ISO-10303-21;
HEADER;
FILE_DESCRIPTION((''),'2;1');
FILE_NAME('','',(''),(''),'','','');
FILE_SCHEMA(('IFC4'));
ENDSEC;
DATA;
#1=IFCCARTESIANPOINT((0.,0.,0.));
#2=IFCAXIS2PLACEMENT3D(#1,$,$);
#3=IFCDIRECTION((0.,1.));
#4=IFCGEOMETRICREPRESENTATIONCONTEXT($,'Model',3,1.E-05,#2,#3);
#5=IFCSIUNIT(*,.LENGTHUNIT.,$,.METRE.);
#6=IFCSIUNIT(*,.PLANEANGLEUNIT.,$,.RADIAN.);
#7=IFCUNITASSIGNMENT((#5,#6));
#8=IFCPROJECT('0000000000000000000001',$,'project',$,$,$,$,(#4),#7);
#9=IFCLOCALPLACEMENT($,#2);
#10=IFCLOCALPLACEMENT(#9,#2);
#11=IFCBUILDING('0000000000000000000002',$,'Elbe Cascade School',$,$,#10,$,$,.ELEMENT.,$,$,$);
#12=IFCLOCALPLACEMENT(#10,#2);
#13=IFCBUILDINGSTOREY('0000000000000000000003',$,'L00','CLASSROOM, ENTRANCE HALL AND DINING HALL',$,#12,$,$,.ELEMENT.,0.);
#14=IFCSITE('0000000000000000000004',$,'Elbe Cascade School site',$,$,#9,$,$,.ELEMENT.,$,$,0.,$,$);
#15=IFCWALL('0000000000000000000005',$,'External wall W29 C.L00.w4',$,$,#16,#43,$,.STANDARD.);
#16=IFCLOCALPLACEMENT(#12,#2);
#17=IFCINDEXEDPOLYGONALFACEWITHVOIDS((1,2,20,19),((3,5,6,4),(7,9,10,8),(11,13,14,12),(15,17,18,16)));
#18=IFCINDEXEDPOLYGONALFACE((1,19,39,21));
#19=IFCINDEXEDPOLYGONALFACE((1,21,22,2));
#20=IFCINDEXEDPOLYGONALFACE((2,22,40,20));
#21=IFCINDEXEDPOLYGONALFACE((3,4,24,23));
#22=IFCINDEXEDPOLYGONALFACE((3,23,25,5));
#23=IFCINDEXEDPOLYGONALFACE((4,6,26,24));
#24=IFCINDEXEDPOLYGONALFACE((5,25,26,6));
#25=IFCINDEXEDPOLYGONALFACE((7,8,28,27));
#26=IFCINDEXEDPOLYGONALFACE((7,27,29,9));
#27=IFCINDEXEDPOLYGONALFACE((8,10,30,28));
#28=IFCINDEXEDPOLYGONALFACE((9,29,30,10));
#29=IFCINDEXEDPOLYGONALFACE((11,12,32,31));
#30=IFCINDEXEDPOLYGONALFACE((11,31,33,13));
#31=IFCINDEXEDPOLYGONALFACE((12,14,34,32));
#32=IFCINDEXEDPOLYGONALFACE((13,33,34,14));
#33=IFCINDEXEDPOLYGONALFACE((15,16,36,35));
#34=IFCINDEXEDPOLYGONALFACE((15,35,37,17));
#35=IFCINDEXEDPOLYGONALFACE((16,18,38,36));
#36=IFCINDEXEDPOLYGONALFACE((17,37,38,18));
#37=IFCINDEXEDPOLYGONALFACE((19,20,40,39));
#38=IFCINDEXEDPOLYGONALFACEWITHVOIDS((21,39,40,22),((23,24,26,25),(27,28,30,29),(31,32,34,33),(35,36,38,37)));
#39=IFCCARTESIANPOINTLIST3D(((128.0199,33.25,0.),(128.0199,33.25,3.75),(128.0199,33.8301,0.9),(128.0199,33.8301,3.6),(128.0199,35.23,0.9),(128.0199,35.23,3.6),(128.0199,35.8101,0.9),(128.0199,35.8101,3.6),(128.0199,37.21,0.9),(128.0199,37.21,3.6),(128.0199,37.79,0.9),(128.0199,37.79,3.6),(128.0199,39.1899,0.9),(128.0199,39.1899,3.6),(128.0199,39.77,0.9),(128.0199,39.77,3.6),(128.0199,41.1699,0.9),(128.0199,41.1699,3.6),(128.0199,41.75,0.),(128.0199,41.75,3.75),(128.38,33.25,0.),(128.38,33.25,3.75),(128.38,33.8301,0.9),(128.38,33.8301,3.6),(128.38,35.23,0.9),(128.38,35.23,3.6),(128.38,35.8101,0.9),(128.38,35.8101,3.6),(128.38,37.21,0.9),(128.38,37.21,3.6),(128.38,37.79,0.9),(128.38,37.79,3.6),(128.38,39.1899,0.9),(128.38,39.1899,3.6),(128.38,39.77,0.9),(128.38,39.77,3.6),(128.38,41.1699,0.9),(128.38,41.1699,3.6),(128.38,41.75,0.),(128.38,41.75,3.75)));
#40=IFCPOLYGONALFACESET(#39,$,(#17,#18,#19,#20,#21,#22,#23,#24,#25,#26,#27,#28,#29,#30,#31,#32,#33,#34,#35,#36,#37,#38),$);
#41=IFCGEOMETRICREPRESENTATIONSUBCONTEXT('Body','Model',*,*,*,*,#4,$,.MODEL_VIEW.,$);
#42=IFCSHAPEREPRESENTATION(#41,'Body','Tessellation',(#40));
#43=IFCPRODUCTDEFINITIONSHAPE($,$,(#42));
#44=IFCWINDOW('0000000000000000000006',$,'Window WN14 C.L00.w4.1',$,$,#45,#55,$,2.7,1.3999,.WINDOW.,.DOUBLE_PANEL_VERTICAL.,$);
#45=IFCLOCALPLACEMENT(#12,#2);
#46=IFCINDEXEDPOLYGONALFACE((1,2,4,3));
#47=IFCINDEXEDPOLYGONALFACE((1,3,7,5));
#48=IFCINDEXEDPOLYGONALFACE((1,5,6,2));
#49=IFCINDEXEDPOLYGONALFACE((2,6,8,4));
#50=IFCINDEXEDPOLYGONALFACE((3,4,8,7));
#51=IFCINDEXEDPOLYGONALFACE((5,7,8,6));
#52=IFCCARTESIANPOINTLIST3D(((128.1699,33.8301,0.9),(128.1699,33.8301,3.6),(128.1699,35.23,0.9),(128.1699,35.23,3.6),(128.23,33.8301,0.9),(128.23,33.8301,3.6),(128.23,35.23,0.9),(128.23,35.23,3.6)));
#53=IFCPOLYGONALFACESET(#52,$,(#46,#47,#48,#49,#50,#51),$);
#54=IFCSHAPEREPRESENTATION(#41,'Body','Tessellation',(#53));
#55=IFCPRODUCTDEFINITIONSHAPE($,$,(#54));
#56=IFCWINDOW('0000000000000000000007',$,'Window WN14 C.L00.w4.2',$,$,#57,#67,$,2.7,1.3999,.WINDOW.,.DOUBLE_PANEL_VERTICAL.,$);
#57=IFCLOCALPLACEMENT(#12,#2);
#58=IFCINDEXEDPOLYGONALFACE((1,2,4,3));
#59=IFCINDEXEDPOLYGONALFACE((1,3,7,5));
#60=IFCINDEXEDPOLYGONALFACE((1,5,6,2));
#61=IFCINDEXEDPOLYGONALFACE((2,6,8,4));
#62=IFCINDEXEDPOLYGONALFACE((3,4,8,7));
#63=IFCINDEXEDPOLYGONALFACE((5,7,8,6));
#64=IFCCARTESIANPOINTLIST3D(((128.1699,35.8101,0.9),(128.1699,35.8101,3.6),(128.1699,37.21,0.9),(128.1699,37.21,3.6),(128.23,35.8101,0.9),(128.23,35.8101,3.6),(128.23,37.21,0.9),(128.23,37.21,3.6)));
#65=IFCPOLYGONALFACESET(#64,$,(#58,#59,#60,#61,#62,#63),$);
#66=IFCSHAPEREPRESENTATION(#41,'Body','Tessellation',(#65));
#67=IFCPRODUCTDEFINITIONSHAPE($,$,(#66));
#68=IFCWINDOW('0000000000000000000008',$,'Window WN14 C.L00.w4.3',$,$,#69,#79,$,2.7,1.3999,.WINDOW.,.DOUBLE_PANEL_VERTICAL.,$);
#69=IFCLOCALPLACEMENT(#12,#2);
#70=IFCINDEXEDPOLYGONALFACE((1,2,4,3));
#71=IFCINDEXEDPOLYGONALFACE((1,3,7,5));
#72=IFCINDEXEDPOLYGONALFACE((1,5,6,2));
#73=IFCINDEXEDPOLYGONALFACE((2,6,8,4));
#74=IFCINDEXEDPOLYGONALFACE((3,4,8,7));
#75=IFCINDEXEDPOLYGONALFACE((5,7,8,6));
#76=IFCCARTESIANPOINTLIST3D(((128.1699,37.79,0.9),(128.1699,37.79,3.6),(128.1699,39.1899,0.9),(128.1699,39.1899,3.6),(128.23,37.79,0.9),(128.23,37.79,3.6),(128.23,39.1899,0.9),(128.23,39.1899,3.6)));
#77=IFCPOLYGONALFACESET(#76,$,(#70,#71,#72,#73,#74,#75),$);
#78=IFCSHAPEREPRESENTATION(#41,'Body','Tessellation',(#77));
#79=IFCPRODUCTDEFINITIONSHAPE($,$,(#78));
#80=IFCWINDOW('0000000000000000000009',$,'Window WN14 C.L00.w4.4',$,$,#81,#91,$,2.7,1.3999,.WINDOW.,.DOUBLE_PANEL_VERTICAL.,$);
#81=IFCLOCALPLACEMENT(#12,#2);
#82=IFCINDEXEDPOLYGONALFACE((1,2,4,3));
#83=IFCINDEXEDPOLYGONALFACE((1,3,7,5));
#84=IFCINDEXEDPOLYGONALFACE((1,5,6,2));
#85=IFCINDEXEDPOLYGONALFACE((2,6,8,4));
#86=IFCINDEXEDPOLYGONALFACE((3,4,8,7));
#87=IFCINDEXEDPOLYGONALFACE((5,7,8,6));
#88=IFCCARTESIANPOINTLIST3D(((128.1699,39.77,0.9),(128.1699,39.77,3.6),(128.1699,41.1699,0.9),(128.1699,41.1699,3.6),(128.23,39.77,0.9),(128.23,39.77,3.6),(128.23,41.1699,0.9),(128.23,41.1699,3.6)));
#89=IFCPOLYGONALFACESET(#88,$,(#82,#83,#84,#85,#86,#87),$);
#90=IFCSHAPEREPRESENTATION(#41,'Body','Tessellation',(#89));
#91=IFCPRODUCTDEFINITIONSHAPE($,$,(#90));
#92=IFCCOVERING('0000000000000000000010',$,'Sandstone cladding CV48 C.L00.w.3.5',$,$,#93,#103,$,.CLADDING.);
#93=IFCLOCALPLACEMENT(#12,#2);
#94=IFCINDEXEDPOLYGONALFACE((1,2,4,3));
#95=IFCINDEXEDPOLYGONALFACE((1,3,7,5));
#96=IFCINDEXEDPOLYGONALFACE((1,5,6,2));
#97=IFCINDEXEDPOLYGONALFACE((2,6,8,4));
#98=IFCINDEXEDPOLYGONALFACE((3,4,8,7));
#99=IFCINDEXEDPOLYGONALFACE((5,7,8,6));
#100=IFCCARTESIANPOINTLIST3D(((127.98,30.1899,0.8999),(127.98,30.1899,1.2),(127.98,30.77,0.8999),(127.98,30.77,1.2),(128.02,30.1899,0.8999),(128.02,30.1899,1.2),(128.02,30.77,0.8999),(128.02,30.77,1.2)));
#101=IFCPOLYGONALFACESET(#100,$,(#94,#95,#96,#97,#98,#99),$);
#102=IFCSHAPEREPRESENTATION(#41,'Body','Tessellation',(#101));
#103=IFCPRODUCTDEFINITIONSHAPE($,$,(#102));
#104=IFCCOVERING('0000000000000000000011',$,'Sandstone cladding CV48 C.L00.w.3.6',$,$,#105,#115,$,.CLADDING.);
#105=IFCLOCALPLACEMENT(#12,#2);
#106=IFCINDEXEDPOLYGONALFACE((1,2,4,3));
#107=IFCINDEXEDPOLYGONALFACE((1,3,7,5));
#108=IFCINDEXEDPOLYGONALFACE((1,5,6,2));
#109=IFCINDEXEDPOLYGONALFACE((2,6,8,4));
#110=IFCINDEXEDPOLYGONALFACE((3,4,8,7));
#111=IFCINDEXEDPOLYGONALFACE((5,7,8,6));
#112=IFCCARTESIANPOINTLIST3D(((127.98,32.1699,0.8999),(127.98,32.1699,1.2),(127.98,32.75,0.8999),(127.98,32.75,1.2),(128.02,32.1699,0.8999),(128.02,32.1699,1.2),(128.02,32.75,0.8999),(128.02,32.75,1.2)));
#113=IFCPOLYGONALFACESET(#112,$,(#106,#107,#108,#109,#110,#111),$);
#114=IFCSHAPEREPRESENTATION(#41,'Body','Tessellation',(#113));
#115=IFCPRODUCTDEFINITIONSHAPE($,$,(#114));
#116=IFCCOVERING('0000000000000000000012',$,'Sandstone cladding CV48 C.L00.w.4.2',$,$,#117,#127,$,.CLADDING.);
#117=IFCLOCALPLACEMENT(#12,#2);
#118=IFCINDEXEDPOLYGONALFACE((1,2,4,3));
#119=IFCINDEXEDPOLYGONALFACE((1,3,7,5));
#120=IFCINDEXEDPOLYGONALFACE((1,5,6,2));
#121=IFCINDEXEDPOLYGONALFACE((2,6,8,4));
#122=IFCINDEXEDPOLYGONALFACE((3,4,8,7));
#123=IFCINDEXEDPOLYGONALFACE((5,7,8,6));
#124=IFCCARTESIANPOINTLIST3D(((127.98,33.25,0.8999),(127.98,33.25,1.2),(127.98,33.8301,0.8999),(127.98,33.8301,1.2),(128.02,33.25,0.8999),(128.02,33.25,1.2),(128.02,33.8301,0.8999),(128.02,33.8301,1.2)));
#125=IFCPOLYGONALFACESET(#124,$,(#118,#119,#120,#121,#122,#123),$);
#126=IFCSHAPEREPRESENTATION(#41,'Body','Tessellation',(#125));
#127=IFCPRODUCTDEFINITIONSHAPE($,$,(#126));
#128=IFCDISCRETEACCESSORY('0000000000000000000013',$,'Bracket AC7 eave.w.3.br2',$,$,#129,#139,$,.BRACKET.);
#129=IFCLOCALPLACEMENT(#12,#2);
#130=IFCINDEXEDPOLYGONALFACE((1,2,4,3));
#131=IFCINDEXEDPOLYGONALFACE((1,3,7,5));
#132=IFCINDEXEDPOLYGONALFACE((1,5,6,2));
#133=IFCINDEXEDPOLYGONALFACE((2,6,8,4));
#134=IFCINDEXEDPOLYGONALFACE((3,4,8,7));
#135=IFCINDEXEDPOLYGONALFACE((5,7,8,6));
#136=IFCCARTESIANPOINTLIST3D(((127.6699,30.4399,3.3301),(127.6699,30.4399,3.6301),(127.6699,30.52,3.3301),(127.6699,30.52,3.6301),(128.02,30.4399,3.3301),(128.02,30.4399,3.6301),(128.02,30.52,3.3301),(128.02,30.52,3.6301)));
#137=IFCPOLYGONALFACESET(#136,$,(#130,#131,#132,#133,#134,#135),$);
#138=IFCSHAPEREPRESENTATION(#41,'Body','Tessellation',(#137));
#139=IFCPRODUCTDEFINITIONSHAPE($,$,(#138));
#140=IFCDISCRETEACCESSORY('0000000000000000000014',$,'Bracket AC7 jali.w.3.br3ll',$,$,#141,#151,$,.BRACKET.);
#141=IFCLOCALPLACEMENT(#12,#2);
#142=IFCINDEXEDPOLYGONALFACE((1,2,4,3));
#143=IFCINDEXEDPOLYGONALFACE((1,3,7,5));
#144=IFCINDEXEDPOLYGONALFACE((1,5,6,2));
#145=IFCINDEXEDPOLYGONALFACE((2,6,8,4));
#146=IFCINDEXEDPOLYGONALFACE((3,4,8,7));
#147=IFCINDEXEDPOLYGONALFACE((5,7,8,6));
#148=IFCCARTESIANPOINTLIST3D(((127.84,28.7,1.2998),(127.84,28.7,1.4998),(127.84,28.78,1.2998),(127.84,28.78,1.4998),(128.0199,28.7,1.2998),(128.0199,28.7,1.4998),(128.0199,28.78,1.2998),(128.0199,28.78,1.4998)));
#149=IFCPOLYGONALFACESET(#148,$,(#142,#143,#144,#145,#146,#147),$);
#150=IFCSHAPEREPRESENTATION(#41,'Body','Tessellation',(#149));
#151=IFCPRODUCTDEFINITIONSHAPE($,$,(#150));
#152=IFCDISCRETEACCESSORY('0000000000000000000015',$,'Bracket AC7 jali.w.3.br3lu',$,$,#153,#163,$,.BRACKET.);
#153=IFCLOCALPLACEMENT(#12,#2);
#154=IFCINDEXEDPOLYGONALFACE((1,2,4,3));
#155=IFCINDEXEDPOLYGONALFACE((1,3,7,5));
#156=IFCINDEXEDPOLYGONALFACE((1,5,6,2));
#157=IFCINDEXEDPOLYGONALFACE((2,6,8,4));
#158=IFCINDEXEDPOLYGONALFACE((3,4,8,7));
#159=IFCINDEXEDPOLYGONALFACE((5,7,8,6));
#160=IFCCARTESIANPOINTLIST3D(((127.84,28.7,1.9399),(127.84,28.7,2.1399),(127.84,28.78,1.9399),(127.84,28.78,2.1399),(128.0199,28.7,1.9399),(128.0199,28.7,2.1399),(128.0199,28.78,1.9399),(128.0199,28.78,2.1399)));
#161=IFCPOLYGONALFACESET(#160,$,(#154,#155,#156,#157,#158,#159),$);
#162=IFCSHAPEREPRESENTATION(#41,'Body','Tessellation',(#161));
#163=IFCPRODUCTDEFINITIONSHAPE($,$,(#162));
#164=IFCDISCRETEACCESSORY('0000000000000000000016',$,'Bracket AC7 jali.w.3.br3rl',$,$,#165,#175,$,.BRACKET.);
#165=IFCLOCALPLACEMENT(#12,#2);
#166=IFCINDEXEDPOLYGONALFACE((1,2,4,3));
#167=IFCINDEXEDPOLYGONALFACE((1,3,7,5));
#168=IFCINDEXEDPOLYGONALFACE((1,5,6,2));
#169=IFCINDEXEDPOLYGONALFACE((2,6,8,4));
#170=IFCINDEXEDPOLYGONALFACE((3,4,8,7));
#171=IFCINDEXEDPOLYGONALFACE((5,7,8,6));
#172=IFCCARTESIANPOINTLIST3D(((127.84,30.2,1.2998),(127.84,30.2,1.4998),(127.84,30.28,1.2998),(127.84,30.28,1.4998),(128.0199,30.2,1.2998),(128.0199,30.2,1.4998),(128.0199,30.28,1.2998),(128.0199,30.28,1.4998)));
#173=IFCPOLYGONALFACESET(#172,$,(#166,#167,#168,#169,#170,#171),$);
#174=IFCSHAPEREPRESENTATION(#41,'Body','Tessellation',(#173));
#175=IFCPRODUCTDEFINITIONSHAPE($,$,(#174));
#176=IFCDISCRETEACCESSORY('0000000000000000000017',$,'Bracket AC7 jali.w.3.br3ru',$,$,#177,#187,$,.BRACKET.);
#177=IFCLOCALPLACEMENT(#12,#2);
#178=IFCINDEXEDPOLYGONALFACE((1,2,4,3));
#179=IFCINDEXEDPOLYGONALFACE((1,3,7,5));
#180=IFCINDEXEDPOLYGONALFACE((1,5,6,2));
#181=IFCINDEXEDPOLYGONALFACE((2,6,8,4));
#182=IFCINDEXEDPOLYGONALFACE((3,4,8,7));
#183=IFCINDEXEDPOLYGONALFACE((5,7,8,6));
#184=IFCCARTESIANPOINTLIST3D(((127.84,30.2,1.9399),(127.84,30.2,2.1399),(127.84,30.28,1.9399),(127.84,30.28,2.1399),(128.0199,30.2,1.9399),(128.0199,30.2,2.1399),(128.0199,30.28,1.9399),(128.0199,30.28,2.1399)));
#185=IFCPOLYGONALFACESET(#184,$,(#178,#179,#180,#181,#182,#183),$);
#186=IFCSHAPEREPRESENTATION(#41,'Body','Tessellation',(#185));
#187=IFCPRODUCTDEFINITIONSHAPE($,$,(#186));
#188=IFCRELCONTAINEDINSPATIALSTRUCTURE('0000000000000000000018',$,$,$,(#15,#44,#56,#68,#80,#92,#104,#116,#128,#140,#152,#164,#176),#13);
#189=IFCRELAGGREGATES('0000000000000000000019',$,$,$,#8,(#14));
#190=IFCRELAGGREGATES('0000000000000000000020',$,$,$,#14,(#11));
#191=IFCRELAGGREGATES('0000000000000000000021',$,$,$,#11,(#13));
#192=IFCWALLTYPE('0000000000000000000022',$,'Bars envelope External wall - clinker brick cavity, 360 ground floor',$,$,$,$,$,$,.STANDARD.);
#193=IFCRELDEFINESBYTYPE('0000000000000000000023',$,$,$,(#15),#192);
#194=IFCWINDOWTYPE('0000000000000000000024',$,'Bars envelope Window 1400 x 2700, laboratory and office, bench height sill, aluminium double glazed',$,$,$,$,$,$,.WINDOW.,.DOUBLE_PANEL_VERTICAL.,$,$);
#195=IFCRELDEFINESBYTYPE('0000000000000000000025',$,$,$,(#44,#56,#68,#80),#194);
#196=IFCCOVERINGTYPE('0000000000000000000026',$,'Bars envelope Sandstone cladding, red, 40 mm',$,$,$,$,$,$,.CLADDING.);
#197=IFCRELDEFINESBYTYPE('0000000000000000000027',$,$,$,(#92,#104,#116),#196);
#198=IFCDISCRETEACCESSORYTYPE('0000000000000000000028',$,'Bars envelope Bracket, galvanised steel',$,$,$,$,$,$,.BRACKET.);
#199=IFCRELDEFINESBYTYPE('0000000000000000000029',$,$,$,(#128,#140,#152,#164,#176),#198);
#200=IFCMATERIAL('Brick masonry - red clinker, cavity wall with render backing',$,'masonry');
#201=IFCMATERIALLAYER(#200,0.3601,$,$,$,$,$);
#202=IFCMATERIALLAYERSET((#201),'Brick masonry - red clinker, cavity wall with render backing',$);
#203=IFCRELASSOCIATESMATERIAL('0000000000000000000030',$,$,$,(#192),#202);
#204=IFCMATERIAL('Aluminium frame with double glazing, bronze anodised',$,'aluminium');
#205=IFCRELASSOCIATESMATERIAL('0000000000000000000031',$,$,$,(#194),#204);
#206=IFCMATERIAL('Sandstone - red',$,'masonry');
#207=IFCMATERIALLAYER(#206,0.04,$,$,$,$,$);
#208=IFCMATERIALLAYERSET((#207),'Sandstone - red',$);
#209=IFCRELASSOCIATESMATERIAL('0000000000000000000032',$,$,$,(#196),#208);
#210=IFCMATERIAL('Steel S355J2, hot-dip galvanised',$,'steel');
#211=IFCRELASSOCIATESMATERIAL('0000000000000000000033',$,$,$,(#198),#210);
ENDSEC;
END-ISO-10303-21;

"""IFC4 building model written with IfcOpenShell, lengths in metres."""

from ifc_helpers import new_model, si_unit, direction, frame, frame_2d, origin, origin_2d, place, context, subcontext, project, spatial, rectangle, extrude, material, layer, layer_set, type_object, element, fill, save


model = new_model("IFC4")

# Units and contexts
model_context = context("Model", 3, precision=1e-05, world=origin(), true_north=direction((0.0, 1.0)))
body_context = subcontext(model_context, "Body", "Model", "MODEL_VIEW")
ifc_project = project(units=[si_unit("LENGTHUNIT", "METRE"), si_unit("PLANEANGLEUNIT", "RADIAN")], contexts=[model_context])

# Site, building, storey
site_placement = place(None, origin())
site = spatial("IfcSite", under=ifc_project, at=site_placement, Name="Elbe Cascade School site", CompositionType="ELEMENT", RefElevation=0.0)
building_placement = place(site_placement, origin())
building = spatial("IfcBuilding", under=site, at=building_placement, Name="Elbe Cascade School", CompositionType="ELEMENT")
storey_placement = place(building_placement, origin())
storey = spatial("IfcBuildingStorey", under=building, at=storey_placement, Name="L00", Description="CLASSROOM, ENTRANCE HALL AND DINING HALL", CompositionType="ELEMENT", Elevation=0.0)

# Wall, openings, windows
ifc_material_1 = material(Name="Brick masonry - red clinker, cavity wall with render backing", Category="masonry")
ifc_layer_1 = layer(ifc_material_1, 0.3601)
ifc_layer_set_1 = layer_set([ifc_layer_1], Name="Brick masonry - red clinker, cavity wall with render backing")
wall_type_1 = type_object("IfcWallType", Name="Bars envelope External wall - clinker brick cavity, 360 ground floor", PredefinedType="STANDARD", material=ifc_layer_set_1)
wall_1_placement = place(storey_placement, frame((128.2, 33.25, 0.0), z_axis=(0.0, 0.0, 1.0), x_axis=(0.0, 1.0, 0.0)))
wall_1 = element("IfcWall", 1, at=wall_1_placement, inside=storey, type_object=wall_type_1, Name="External wall W29 C.L00.w4", PredefinedType="STANDARD", context=body_context, shape_type="SweptSolid", body=[
    extrude(rectangle(XDim=8.5, YDim=0.3601, at=frame_2d((4.25, 0.0))), origin(), (0.0, 0.0, 1.0), 3.75),
])
opening_1_placement = place(wall_1_placement, frame((0.5801, 0.0, 0.8999)))
opening_1 = element("IfcOpeningElement", 2, at=opening_1_placement, cuts=wall_1, PredefinedType="OPENING", context=body_context, shape_type="SweptSolid", body=[
    extrude(rectangle(XDim=1.3999, YDim=2.7, at=frame_2d((0.7, 1.3501))), frame((0.0, 0.1899, 0.0), z_axis=(0.0, -1.0, 0.0), x_axis=(1.0, 0.0, 0.0)), (0.0, 0.0, 1.0), 0.3801),
])
opening_2_placement = place(wall_1_placement, frame((2.5601, 0.0, 0.8999)))
opening_2 = element("IfcOpeningElement", 3, at=opening_2_placement, cuts=wall_1, PredefinedType="OPENING", context=body_context, shape_type="SweptSolid", body=[
    extrude(rectangle(XDim=1.3999, YDim=2.7, at=frame_2d((0.7, 1.3501))), frame((0.0, 0.1899, 0.0), z_axis=(0.0, -1.0, 0.0), x_axis=(1.0, 0.0, 0.0)), (0.0, 0.0, 1.0), 0.3801),
])
opening_3_placement = place(wall_1_placement, frame((4.54, 0.0, 0.8999)))
opening_3 = element("IfcOpeningElement", 4, at=opening_3_placement, cuts=wall_1, PredefinedType="OPENING", context=body_context, shape_type="SweptSolid", body=[
    extrude(rectangle(XDim=1.3999, YDim=2.7, at=frame_2d((0.7, 1.3501))), frame((0.0, 0.1899, 0.0), z_axis=(0.0, -1.0, 0.0), x_axis=(1.0, 0.0, 0.0)), (0.0, 0.0, 1.0), 0.3801),
])
opening_4_placement = place(wall_1_placement, frame((6.52, 0.0, 0.8999)))
opening_4 = element("IfcOpeningElement", 5, at=opening_4_placement, cuts=wall_1, PredefinedType="OPENING", context=body_context, shape_type="SweptSolid", body=[
    extrude(rectangle(XDim=1.3999, YDim=2.7, at=frame_2d((0.7, 1.3501))), frame((0.0, 0.1899, 0.0), z_axis=(0.0, -1.0, 0.0), x_axis=(1.0, 0.0, 0.0)), (0.0, 0.0, 1.0), 0.3801),
])
ifc_material_2 = material(Name="Aluminium frame with double glazing, bronze anodised", Category="aluminium")
window_type = type_object("IfcWindowType", Name="Bars envelope Window 1400 x 2700, laboratory and office, bench height sill, aluminium double glazed", PartitioningType="DOUBLE_PANEL_VERTICAL", PredefinedType="WINDOW", material=ifc_material_2)
window_1_placement = place(opening_1_placement, origin())
window_1 = element("IfcWindow", 6, at=window_1_placement, inside=storey, type_object=window_type, Name="Window WN14 C.L00.w4.1", OverallHeight=2.7, OverallWidth=1.3999, PartitioningType="DOUBLE_PANEL_VERTICAL", PredefinedType="WINDOW", context=body_context, shape_type="SweptSolid", body=[
    extrude(rectangle(XDim=1.3999, YDim=2.7, at=frame_2d((0.7, 1.3501))), frame((0.0, 0.03, 0.0), z_axis=(0.0, -1.0, 0.0), x_axis=(1.0, 0.0, 0.0)), (0.0, 0.0, 1.0), 0.0601),
])
fill(opening_1, window_1)
window_2_placement = place(opening_2_placement, origin())
window_2 = element("IfcWindow", 7, at=window_2_placement, inside=storey, type_object=window_type, Name="Window WN14 C.L00.w4.2", OverallHeight=2.7, OverallWidth=1.3999, PartitioningType="DOUBLE_PANEL_VERTICAL", PredefinedType="WINDOW", context=body_context, shape_type="SweptSolid", body=[
    extrude(rectangle(XDim=1.3999, YDim=2.7, at=frame_2d((0.7, 1.3501))), frame((0.0, 0.03, 0.0), z_axis=(0.0, -1.0, 0.0), x_axis=(1.0, 0.0, 0.0)), (0.0, 0.0, 1.0), 0.0601),
])
fill(opening_2, window_2)
window_3_placement = place(opening_3_placement, origin())
window_3 = element("IfcWindow", 8, at=window_3_placement, inside=storey, type_object=window_type, Name="Window WN14 C.L00.w4.3", OverallHeight=2.7, OverallWidth=1.3999, PartitioningType="DOUBLE_PANEL_VERTICAL", PredefinedType="WINDOW", context=body_context, shape_type="SweptSolid", body=[
    extrude(rectangle(XDim=1.3999, YDim=2.7, at=frame_2d((0.7, 1.3501))), frame((0.0, 0.03, 0.0), z_axis=(0.0, -1.0, 0.0), x_axis=(1.0, 0.0, 0.0)), (0.0, 0.0, 1.0), 0.0601),
])
fill(opening_3, window_3)
window_4_placement = place(opening_4_placement, origin())
window_4 = element("IfcWindow", 9, at=window_4_placement, inside=storey, type_object=window_type, Name="Window WN14 C.L00.w4.4", OverallHeight=2.7, OverallWidth=1.3999, PartitioningType="DOUBLE_PANEL_VERTICAL", PredefinedType="WINDOW", context=body_context, shape_type="SweptSolid", body=[
    extrude(rectangle(XDim=1.3999, YDim=2.7, at=frame_2d((0.7, 1.3501))), frame((0.0, 0.03, 0.0), z_axis=(0.0, -1.0, 0.0), x_axis=(1.0, 0.0, 0.0)), (0.0, 0.0, 1.0), 0.0601),
])
fill(opening_4, window_4)

# Coverings
ifc_material_3 = material(Name="Sandstone - red", Category="masonry")
ifc_layer_2 = layer(ifc_material_3, 0.04)
ifc_layer_set_2 = layer_set([ifc_layer_2], Name="Sandstone - red")
covering_type = type_object("IfcCoveringType", Name="Bars envelope Sandstone cladding, red, 40 mm", PredefinedType="CLADDING", material=ifc_layer_set_2)
for number, where, z_axis, x_axis, name in (
    (10, (128.0, 30.48, 0.8999), (0.0, 0.0, 1.0), (0.0, 1.0, 0.0), "Sandstone cladding CV48 C.L00.w.3.5"),
    (11, (128.0, 32.46, 0.8999), (0.0, 0.0, 1.0), (0.0, 1.0, 0.0), "Sandstone cladding CV48 C.L00.w.3.6"),
    (12, (128.0, 33.54, 0.8999), (0.0, 0.0, 1.0), (0.0, 1.0, 0.0), "Sandstone cladding CV48 C.L00.w.4.2"),
):
    element("IfcCovering", number, at=place(storey_placement, frame(where, z_axis=z_axis, x_axis=x_axis)), inside=storey, type_object=covering_type, Name=name, PredefinedType="CLADDING", context=body_context, shape_type="SweptSolid", body=[
        extrude(rectangle(XDim=0.5801, YDim=0.04, at=origin_2d()), origin(), (0.0, 0.0, 1.0), 0.3),
    ])

# Discrete accessories
ifc_material_4 = material(Name="Steel S355J2, hot-dip galvanised", Category="steel")
discrete_accessory_type = type_object("IfcDiscreteAccessoryType", Name="Bars envelope Bracket, galvanised steel", PredefinedType="BRACKET", material=ifc_material_4)
discrete_accessory_placement = place(storey_placement, frame((127.845, 30.48, 3.3301), z_axis=(0.0, 0.0, 1.0), x_axis=(0.0, 1.0, 0.0)))
element("IfcDiscreteAccessory", 13, at=discrete_accessory_placement, inside=storey, type_object=discrete_accessory_type, Name="Bracket AC7 eave.w.3.br2", PredefinedType="BRACKET", context=body_context, shape_type="SweptSolid", body=[
    extrude(rectangle(XDim=0.0801, YDim=0.3501, at=origin_2d()), origin(), (0.0, 0.0, 1.0), 0.3),
])
for number, where, z_axis, x_axis, name in (
    (14, (127.9299, 28.74, 1.2998), (0.0, 0.0, 1.0), (0.0, 1.0, 0.0), "Bracket AC7 jali.w.3.br3ll"),
    (15, (127.9299, 28.74, 1.9399), (0.0, 0.0, 1.0), (0.0, 1.0, 0.0), "Bracket AC7 jali.w.3.br3lu"),
    (16, (127.9299, 30.24, 1.2998), (0.0, 0.0, 1.0), (0.0, 1.0, 0.0), "Bracket AC7 jali.w.3.br3rl"),
    (17, (127.9299, 30.24, 1.9399), (0.0, 0.0, 1.0), (0.0, 1.0, 0.0), "Bracket AC7 jali.w.3.br3ru"),
):
    element("IfcDiscreteAccessory", number, at=place(storey_placement, frame(where, z_axis=z_axis, x_axis=x_axis)), inside=storey, type_object=discrete_accessory_type, Name=name, PredefinedType="BRACKET", context=body_context, shape_type="SweptSolid", body=[
        extrude(rectangle(XDim=0.0801, YDim=0.1799, at=origin_2d()), origin(), (0.0, 0.0, 1.0), 0.2),
    ])

save(model, "model.ifc")
